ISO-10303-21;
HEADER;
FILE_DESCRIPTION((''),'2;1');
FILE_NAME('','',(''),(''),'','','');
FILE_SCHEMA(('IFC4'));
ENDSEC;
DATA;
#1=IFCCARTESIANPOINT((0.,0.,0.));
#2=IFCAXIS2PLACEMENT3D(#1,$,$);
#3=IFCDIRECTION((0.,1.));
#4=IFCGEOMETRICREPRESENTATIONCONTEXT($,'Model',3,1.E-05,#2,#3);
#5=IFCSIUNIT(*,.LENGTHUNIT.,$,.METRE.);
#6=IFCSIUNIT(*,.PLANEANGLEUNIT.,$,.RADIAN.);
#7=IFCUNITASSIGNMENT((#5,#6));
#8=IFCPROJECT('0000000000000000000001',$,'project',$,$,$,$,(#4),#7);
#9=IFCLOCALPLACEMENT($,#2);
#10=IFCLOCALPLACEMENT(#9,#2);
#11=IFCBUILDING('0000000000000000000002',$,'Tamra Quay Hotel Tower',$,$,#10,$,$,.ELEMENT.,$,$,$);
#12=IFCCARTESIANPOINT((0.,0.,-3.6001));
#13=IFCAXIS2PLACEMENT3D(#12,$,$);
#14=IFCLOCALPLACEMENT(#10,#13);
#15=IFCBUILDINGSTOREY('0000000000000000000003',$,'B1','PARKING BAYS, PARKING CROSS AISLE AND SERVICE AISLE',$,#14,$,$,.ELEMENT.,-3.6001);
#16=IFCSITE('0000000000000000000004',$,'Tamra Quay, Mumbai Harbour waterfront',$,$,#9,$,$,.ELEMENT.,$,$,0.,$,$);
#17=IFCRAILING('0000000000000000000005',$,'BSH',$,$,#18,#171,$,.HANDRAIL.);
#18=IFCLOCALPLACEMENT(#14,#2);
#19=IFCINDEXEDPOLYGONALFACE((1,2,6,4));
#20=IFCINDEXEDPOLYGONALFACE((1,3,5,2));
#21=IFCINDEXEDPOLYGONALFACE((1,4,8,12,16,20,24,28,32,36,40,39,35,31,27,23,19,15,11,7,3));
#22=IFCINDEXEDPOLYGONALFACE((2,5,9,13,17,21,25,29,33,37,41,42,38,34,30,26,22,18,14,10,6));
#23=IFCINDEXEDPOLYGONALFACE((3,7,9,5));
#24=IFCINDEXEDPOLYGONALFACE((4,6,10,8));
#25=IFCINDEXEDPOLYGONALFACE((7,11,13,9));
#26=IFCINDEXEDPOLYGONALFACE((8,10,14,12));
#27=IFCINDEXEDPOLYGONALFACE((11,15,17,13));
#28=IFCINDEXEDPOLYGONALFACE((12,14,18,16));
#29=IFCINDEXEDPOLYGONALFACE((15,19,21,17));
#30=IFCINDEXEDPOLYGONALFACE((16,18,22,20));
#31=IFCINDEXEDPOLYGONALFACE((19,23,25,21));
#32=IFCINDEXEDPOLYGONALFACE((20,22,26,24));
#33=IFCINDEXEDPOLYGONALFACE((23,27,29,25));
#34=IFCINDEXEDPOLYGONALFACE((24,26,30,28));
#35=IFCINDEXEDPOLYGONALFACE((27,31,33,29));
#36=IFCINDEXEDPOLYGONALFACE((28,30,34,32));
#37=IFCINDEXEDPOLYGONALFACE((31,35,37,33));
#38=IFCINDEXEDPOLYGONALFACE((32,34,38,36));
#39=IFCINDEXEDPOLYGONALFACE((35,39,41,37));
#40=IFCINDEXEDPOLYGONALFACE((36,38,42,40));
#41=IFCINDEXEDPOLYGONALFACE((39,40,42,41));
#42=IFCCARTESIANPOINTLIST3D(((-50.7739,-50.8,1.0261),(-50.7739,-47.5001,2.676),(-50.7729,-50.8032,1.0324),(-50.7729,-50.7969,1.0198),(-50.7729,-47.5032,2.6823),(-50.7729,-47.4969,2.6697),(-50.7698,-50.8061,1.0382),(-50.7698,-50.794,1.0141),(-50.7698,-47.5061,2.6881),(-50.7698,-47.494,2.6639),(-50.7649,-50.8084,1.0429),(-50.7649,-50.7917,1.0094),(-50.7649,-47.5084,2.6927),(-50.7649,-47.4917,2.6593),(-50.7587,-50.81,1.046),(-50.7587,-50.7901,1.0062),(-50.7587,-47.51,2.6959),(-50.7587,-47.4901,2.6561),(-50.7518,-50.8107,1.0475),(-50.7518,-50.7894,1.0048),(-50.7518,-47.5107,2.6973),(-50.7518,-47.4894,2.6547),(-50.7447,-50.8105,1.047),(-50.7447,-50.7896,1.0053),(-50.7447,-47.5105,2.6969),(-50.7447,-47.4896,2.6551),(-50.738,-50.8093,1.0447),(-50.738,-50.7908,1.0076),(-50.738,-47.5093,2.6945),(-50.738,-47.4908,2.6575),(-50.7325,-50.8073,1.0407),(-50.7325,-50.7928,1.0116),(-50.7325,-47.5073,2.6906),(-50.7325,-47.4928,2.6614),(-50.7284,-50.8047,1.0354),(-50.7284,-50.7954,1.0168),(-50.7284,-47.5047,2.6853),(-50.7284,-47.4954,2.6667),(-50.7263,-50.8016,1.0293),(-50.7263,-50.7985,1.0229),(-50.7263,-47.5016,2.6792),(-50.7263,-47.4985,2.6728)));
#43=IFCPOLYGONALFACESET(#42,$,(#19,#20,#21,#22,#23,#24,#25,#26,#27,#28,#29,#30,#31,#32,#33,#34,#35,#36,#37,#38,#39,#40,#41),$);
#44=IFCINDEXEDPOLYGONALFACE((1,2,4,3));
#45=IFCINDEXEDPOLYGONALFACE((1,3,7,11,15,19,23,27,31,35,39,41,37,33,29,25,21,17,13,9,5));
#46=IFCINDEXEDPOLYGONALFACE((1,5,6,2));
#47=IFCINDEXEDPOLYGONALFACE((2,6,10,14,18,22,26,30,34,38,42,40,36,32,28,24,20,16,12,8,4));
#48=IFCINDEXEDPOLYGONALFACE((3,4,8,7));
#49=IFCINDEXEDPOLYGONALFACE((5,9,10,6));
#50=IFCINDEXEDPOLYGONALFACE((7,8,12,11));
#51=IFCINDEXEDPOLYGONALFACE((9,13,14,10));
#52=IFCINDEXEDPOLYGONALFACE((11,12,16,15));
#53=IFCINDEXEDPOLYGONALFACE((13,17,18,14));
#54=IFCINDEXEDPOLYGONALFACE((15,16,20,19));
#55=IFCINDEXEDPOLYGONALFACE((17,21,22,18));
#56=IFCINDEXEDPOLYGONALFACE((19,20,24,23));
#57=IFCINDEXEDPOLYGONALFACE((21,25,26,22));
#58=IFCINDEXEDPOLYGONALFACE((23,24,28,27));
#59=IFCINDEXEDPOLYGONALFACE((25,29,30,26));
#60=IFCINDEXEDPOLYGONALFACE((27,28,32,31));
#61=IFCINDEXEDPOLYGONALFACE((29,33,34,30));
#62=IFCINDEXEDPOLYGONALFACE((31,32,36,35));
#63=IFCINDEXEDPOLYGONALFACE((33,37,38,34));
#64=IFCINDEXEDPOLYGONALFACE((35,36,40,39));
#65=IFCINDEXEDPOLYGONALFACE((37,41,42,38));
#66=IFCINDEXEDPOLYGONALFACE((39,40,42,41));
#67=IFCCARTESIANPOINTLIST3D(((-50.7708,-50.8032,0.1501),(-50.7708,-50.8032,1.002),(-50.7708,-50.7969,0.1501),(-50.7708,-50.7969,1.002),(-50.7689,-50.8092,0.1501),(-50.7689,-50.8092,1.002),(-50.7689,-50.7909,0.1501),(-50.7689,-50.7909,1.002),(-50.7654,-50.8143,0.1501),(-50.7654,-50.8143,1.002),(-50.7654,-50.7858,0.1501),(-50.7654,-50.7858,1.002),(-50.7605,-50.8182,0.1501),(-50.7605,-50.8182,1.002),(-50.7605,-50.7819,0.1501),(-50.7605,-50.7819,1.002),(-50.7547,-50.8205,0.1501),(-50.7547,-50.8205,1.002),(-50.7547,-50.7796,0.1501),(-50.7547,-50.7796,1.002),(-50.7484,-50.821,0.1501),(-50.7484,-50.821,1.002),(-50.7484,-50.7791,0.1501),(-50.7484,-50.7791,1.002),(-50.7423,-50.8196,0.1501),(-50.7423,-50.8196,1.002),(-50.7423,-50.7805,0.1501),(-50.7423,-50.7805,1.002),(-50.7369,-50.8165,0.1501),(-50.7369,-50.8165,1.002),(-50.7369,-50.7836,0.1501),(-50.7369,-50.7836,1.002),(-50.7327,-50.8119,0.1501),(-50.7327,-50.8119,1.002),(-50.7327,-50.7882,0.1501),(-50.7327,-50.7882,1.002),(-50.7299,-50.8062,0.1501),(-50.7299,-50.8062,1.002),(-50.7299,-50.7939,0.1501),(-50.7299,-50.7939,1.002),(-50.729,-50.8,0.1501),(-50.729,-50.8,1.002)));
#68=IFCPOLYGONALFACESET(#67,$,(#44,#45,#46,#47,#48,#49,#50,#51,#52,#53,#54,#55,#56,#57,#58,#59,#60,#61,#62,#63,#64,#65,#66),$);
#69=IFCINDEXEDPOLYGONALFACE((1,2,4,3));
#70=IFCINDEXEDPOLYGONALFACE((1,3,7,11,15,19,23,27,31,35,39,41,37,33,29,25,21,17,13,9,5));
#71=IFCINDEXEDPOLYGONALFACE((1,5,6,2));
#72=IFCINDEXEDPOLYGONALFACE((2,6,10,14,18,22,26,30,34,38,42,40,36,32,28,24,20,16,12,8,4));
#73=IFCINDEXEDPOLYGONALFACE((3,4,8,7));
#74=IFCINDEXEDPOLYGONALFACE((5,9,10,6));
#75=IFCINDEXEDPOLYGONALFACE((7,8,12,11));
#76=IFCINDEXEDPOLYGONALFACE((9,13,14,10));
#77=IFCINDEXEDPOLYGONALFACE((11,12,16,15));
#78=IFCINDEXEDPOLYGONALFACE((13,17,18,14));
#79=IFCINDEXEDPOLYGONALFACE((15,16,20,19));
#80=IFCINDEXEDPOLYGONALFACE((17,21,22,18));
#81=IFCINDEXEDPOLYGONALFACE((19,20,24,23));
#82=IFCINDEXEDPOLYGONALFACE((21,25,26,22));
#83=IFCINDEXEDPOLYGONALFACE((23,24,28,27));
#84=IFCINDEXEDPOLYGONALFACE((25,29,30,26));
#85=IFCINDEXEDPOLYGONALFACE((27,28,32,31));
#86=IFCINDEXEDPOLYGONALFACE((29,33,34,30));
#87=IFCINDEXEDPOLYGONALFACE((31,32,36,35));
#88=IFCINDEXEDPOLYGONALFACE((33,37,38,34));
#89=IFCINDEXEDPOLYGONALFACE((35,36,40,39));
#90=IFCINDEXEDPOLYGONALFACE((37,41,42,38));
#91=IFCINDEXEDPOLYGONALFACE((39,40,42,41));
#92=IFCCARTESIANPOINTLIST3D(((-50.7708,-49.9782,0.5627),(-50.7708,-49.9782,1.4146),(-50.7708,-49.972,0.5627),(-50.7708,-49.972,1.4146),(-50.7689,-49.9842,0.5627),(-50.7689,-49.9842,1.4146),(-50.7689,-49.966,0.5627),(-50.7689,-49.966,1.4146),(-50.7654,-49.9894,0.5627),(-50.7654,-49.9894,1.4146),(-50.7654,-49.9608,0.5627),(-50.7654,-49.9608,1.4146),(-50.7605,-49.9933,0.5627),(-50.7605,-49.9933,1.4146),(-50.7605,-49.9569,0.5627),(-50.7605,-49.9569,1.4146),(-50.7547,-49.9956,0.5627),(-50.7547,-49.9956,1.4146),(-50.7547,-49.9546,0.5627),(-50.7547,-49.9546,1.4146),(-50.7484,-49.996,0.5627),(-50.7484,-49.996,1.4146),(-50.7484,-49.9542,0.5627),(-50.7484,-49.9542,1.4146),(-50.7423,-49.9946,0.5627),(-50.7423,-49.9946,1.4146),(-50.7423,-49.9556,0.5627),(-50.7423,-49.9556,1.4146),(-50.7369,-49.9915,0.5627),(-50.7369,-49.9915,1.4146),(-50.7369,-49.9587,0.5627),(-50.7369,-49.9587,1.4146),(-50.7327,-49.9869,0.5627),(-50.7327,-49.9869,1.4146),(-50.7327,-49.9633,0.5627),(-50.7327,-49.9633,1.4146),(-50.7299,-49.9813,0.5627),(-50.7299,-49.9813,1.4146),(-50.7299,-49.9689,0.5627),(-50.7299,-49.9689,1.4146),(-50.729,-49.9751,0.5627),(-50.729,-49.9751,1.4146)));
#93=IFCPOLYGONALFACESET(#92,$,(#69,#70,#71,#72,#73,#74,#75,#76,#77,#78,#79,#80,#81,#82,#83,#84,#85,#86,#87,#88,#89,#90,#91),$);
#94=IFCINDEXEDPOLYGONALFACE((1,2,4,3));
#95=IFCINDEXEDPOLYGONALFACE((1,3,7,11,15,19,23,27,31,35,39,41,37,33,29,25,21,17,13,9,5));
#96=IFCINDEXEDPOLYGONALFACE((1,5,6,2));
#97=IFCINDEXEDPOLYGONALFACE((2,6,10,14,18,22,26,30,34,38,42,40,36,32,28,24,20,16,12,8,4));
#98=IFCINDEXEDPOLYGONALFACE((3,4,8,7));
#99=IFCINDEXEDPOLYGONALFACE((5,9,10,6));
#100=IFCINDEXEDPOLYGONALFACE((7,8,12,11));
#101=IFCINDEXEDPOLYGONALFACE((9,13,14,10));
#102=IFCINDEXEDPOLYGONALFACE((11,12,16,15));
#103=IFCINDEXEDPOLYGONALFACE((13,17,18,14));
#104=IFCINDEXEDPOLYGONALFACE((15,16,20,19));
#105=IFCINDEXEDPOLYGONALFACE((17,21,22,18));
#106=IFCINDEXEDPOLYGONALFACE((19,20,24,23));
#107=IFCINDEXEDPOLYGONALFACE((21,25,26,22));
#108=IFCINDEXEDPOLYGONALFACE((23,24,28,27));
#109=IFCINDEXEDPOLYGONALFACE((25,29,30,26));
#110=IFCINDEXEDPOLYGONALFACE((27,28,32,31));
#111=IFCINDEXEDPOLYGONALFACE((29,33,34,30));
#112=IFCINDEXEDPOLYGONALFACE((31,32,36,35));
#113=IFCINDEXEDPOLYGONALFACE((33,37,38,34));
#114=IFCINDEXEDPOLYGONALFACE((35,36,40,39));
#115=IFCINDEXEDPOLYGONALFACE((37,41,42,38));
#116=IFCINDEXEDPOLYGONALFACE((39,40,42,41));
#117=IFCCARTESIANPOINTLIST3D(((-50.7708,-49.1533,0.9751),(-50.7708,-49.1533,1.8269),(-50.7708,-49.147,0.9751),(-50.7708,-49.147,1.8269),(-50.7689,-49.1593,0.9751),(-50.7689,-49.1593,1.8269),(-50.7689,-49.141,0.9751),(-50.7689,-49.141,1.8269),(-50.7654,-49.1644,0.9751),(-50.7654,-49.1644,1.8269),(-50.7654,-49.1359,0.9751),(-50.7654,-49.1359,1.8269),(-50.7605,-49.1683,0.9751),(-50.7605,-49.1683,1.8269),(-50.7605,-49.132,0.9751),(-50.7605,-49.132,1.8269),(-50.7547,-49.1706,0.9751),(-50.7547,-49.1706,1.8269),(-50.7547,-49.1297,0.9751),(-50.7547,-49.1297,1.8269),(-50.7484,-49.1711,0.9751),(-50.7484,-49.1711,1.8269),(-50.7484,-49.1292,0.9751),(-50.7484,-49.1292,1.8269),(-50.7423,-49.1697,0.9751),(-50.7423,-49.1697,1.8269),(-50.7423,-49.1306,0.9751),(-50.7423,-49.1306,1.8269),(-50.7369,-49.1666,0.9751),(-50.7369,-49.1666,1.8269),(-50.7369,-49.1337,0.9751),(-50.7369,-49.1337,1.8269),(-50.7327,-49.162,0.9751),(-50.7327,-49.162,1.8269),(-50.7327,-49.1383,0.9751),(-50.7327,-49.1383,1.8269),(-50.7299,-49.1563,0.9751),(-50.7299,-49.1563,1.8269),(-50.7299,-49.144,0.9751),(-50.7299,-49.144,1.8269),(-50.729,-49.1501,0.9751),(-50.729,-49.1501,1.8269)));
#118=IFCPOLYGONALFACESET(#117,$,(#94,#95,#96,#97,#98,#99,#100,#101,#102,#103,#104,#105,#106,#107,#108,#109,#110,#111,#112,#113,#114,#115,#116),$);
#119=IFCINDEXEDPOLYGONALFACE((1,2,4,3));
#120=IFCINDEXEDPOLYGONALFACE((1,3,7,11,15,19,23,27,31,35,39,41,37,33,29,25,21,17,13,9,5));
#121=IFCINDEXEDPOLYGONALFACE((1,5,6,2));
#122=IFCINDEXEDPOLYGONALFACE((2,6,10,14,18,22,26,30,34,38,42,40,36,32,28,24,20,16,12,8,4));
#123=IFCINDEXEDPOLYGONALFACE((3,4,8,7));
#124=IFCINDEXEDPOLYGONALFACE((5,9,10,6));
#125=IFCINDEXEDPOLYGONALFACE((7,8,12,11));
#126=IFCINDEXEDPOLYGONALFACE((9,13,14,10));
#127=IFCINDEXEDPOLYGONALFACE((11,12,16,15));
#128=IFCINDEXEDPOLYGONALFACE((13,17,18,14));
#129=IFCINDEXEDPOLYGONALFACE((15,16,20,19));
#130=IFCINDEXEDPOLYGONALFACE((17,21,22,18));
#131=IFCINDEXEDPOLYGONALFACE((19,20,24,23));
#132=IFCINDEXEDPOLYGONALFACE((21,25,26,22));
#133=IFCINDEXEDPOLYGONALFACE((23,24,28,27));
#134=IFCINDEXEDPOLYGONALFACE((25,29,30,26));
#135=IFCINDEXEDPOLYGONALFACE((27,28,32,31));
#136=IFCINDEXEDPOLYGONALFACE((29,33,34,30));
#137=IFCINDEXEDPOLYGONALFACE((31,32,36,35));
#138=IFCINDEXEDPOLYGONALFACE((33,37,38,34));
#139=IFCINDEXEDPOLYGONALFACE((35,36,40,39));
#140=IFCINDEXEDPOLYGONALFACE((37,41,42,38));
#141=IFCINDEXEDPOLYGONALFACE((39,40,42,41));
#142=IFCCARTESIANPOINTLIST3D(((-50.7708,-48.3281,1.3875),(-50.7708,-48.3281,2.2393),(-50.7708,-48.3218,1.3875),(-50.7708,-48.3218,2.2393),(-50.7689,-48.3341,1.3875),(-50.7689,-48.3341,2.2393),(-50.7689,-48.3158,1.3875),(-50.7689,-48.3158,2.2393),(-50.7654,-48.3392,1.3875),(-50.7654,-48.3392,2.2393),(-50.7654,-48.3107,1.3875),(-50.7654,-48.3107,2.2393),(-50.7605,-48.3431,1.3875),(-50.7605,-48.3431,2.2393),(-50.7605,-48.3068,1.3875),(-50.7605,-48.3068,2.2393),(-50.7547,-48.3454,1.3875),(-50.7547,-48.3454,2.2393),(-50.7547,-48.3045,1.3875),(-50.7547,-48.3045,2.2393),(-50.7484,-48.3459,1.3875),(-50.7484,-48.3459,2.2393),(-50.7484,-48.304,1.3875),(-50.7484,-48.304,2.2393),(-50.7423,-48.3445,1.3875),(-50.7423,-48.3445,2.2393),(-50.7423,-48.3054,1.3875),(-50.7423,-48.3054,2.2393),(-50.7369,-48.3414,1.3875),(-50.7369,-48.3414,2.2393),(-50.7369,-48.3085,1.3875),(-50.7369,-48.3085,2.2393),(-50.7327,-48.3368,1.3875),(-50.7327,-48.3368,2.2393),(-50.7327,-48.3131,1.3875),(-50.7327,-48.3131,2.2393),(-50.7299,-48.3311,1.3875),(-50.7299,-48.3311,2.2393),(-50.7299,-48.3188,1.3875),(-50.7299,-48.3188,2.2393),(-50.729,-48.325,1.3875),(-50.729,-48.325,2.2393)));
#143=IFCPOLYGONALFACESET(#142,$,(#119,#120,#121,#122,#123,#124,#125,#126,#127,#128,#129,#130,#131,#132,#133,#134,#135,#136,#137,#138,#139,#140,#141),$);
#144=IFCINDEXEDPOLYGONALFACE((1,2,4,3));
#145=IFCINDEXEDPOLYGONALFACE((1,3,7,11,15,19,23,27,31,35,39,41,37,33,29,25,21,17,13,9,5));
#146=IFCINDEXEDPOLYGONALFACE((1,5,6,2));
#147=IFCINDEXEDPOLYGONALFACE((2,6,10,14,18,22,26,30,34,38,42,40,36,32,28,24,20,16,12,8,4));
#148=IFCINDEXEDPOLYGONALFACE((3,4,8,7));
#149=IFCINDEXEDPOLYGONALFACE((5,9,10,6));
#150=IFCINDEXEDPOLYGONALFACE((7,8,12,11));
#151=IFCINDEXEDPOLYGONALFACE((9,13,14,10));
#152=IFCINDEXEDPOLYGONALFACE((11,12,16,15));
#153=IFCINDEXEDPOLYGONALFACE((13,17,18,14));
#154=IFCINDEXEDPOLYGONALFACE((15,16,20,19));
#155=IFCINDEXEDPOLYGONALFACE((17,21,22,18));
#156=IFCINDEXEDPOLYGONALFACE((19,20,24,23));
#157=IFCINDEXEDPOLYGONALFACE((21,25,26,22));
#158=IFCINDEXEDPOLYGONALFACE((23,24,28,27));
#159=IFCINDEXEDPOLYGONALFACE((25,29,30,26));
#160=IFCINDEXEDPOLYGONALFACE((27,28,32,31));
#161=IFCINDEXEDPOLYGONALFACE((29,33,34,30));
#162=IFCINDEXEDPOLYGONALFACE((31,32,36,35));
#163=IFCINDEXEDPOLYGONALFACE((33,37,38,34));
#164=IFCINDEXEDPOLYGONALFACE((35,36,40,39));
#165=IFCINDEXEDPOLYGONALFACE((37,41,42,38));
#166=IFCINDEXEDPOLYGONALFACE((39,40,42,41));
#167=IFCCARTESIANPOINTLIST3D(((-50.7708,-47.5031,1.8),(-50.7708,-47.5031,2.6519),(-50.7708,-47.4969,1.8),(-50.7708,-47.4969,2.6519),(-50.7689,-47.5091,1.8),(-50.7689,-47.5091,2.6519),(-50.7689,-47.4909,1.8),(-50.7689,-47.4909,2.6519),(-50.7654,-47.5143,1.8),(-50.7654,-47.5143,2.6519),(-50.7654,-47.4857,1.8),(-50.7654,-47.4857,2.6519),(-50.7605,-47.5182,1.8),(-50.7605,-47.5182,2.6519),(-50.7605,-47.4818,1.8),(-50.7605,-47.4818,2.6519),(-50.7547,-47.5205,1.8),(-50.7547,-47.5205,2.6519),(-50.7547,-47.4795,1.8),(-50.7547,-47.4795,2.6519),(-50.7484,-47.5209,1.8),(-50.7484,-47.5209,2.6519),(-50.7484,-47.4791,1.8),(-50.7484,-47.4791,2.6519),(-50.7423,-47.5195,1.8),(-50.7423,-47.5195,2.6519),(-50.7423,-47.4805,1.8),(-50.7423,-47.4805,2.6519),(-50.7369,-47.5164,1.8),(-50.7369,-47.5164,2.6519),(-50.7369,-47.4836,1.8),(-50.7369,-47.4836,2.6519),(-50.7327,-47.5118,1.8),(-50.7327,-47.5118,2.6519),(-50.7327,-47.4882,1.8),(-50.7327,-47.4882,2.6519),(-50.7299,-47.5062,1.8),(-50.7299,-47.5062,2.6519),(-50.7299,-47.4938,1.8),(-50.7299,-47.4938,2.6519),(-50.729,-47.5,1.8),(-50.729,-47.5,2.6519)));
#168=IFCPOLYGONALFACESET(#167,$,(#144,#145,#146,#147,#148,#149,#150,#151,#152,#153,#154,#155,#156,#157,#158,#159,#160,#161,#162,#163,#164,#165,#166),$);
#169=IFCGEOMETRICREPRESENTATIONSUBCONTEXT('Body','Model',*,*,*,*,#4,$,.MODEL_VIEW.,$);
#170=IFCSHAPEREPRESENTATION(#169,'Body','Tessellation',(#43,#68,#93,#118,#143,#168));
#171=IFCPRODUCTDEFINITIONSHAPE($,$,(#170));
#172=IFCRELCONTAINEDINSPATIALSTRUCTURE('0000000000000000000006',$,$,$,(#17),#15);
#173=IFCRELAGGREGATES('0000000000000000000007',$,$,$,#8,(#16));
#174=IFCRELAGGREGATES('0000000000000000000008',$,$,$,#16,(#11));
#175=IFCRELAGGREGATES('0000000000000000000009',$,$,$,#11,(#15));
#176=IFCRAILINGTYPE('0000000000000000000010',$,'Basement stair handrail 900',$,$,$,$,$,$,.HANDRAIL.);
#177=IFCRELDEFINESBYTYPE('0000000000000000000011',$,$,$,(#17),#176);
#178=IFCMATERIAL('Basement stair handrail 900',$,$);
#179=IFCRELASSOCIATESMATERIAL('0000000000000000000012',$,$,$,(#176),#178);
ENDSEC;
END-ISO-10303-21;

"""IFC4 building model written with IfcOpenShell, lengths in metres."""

from ifc_helpers import new_model, si_unit, direction, frame, origin, origin_2d, place, context, subcontext, project, spatial, circle, extrude, material, type_object, element, save


model = new_model("IFC4")

# Units and contexts
model_context = context("Model", 3, precision=1e-05, world=origin(), true_north=direction((0.0, 1.0)))
body_context = subcontext(model_context, "Body", "Model", "MODEL_VIEW")
ifc_project = project(units=[si_unit("LENGTHUNIT", "METRE"), si_unit("PLANEANGLEUNIT", "RADIAN")], contexts=[model_context])

# Site, building, storey
site_placement = place(None, origin())
site = spatial("IfcSite", under=ifc_project, at=site_placement, Name="Tamra Quay, Mumbai Harbour waterfront", CompositionType="ELEMENT", RefElevation=0.0)
building_placement = place(site_placement, origin())
building = spatial("IfcBuilding", under=site, at=building_placement, Name="Tamra Quay Hotel Tower", CompositionType="ELEMENT")
storey_placement = place(building_placement, frame((0.0, 0.0, -3.6001)))
storey = spatial("IfcBuildingStorey", under=building, at=storey_placement, Name="B1", Description="PARKING BAYS, PARKING CROSS AISLE AND SERVICE AISLE", CompositionType="ELEMENT", Elevation=-3.6001)

# Railing
ifc_material_1 = material(Name="Basement stair handrail 900")
railing_type_1 = type_object("IfcRailingType", Name="Basement stair handrail 900", PredefinedType="HANDRAIL", material=ifc_material_1)
for number, where, name in (
    (1, (-50.75, -50.8, 0.1501), "BSH"),
):
    element("IfcRailing", number, at=place(storey_placement, frame(where)), inside=storey, type_object=railing_type_1, Name=name, PredefinedType="HANDRAIL", context=body_context, shape_type="SweptSolid", body=[
        extrude(circle(Radius=0.0239, at=origin_2d()), frame((0.0, 0.0, 0.876), z_axis=(0.0, 0.89444, 0.447187), x_axis=(-1.0, 0.0, 0.0)), (0.0, 0.0, 1.0), 3.6895),
        extrude(circle(Radius=0.021, at=origin_2d()), origin(), (0.0, 0.0, 1.0), 0.8518),
        extrude(circle(Radius=0.021, at=origin_2d()), frame((0.0, 0.825, 0.4126)), (0.0, 0.0, 1.0), 0.8518),
        extrude(circle(Radius=0.021, at=origin_2d()), frame((0.0, 1.6499, 0.825)), (0.0, 0.0, 1.0), 0.8518),
        extrude(circle(Radius=0.021, at=origin_2d()), frame((0.0, 2.4751, 1.2373)), (0.0, 0.0, 1.0), 0.8518),
        extrude(circle(Radius=0.021, at=origin_2d()), frame((0.0, 3.3, 1.6499)), (0.0, 0.0, 1.0), 0.8518),
    ])

save(model, "model.ifc")
